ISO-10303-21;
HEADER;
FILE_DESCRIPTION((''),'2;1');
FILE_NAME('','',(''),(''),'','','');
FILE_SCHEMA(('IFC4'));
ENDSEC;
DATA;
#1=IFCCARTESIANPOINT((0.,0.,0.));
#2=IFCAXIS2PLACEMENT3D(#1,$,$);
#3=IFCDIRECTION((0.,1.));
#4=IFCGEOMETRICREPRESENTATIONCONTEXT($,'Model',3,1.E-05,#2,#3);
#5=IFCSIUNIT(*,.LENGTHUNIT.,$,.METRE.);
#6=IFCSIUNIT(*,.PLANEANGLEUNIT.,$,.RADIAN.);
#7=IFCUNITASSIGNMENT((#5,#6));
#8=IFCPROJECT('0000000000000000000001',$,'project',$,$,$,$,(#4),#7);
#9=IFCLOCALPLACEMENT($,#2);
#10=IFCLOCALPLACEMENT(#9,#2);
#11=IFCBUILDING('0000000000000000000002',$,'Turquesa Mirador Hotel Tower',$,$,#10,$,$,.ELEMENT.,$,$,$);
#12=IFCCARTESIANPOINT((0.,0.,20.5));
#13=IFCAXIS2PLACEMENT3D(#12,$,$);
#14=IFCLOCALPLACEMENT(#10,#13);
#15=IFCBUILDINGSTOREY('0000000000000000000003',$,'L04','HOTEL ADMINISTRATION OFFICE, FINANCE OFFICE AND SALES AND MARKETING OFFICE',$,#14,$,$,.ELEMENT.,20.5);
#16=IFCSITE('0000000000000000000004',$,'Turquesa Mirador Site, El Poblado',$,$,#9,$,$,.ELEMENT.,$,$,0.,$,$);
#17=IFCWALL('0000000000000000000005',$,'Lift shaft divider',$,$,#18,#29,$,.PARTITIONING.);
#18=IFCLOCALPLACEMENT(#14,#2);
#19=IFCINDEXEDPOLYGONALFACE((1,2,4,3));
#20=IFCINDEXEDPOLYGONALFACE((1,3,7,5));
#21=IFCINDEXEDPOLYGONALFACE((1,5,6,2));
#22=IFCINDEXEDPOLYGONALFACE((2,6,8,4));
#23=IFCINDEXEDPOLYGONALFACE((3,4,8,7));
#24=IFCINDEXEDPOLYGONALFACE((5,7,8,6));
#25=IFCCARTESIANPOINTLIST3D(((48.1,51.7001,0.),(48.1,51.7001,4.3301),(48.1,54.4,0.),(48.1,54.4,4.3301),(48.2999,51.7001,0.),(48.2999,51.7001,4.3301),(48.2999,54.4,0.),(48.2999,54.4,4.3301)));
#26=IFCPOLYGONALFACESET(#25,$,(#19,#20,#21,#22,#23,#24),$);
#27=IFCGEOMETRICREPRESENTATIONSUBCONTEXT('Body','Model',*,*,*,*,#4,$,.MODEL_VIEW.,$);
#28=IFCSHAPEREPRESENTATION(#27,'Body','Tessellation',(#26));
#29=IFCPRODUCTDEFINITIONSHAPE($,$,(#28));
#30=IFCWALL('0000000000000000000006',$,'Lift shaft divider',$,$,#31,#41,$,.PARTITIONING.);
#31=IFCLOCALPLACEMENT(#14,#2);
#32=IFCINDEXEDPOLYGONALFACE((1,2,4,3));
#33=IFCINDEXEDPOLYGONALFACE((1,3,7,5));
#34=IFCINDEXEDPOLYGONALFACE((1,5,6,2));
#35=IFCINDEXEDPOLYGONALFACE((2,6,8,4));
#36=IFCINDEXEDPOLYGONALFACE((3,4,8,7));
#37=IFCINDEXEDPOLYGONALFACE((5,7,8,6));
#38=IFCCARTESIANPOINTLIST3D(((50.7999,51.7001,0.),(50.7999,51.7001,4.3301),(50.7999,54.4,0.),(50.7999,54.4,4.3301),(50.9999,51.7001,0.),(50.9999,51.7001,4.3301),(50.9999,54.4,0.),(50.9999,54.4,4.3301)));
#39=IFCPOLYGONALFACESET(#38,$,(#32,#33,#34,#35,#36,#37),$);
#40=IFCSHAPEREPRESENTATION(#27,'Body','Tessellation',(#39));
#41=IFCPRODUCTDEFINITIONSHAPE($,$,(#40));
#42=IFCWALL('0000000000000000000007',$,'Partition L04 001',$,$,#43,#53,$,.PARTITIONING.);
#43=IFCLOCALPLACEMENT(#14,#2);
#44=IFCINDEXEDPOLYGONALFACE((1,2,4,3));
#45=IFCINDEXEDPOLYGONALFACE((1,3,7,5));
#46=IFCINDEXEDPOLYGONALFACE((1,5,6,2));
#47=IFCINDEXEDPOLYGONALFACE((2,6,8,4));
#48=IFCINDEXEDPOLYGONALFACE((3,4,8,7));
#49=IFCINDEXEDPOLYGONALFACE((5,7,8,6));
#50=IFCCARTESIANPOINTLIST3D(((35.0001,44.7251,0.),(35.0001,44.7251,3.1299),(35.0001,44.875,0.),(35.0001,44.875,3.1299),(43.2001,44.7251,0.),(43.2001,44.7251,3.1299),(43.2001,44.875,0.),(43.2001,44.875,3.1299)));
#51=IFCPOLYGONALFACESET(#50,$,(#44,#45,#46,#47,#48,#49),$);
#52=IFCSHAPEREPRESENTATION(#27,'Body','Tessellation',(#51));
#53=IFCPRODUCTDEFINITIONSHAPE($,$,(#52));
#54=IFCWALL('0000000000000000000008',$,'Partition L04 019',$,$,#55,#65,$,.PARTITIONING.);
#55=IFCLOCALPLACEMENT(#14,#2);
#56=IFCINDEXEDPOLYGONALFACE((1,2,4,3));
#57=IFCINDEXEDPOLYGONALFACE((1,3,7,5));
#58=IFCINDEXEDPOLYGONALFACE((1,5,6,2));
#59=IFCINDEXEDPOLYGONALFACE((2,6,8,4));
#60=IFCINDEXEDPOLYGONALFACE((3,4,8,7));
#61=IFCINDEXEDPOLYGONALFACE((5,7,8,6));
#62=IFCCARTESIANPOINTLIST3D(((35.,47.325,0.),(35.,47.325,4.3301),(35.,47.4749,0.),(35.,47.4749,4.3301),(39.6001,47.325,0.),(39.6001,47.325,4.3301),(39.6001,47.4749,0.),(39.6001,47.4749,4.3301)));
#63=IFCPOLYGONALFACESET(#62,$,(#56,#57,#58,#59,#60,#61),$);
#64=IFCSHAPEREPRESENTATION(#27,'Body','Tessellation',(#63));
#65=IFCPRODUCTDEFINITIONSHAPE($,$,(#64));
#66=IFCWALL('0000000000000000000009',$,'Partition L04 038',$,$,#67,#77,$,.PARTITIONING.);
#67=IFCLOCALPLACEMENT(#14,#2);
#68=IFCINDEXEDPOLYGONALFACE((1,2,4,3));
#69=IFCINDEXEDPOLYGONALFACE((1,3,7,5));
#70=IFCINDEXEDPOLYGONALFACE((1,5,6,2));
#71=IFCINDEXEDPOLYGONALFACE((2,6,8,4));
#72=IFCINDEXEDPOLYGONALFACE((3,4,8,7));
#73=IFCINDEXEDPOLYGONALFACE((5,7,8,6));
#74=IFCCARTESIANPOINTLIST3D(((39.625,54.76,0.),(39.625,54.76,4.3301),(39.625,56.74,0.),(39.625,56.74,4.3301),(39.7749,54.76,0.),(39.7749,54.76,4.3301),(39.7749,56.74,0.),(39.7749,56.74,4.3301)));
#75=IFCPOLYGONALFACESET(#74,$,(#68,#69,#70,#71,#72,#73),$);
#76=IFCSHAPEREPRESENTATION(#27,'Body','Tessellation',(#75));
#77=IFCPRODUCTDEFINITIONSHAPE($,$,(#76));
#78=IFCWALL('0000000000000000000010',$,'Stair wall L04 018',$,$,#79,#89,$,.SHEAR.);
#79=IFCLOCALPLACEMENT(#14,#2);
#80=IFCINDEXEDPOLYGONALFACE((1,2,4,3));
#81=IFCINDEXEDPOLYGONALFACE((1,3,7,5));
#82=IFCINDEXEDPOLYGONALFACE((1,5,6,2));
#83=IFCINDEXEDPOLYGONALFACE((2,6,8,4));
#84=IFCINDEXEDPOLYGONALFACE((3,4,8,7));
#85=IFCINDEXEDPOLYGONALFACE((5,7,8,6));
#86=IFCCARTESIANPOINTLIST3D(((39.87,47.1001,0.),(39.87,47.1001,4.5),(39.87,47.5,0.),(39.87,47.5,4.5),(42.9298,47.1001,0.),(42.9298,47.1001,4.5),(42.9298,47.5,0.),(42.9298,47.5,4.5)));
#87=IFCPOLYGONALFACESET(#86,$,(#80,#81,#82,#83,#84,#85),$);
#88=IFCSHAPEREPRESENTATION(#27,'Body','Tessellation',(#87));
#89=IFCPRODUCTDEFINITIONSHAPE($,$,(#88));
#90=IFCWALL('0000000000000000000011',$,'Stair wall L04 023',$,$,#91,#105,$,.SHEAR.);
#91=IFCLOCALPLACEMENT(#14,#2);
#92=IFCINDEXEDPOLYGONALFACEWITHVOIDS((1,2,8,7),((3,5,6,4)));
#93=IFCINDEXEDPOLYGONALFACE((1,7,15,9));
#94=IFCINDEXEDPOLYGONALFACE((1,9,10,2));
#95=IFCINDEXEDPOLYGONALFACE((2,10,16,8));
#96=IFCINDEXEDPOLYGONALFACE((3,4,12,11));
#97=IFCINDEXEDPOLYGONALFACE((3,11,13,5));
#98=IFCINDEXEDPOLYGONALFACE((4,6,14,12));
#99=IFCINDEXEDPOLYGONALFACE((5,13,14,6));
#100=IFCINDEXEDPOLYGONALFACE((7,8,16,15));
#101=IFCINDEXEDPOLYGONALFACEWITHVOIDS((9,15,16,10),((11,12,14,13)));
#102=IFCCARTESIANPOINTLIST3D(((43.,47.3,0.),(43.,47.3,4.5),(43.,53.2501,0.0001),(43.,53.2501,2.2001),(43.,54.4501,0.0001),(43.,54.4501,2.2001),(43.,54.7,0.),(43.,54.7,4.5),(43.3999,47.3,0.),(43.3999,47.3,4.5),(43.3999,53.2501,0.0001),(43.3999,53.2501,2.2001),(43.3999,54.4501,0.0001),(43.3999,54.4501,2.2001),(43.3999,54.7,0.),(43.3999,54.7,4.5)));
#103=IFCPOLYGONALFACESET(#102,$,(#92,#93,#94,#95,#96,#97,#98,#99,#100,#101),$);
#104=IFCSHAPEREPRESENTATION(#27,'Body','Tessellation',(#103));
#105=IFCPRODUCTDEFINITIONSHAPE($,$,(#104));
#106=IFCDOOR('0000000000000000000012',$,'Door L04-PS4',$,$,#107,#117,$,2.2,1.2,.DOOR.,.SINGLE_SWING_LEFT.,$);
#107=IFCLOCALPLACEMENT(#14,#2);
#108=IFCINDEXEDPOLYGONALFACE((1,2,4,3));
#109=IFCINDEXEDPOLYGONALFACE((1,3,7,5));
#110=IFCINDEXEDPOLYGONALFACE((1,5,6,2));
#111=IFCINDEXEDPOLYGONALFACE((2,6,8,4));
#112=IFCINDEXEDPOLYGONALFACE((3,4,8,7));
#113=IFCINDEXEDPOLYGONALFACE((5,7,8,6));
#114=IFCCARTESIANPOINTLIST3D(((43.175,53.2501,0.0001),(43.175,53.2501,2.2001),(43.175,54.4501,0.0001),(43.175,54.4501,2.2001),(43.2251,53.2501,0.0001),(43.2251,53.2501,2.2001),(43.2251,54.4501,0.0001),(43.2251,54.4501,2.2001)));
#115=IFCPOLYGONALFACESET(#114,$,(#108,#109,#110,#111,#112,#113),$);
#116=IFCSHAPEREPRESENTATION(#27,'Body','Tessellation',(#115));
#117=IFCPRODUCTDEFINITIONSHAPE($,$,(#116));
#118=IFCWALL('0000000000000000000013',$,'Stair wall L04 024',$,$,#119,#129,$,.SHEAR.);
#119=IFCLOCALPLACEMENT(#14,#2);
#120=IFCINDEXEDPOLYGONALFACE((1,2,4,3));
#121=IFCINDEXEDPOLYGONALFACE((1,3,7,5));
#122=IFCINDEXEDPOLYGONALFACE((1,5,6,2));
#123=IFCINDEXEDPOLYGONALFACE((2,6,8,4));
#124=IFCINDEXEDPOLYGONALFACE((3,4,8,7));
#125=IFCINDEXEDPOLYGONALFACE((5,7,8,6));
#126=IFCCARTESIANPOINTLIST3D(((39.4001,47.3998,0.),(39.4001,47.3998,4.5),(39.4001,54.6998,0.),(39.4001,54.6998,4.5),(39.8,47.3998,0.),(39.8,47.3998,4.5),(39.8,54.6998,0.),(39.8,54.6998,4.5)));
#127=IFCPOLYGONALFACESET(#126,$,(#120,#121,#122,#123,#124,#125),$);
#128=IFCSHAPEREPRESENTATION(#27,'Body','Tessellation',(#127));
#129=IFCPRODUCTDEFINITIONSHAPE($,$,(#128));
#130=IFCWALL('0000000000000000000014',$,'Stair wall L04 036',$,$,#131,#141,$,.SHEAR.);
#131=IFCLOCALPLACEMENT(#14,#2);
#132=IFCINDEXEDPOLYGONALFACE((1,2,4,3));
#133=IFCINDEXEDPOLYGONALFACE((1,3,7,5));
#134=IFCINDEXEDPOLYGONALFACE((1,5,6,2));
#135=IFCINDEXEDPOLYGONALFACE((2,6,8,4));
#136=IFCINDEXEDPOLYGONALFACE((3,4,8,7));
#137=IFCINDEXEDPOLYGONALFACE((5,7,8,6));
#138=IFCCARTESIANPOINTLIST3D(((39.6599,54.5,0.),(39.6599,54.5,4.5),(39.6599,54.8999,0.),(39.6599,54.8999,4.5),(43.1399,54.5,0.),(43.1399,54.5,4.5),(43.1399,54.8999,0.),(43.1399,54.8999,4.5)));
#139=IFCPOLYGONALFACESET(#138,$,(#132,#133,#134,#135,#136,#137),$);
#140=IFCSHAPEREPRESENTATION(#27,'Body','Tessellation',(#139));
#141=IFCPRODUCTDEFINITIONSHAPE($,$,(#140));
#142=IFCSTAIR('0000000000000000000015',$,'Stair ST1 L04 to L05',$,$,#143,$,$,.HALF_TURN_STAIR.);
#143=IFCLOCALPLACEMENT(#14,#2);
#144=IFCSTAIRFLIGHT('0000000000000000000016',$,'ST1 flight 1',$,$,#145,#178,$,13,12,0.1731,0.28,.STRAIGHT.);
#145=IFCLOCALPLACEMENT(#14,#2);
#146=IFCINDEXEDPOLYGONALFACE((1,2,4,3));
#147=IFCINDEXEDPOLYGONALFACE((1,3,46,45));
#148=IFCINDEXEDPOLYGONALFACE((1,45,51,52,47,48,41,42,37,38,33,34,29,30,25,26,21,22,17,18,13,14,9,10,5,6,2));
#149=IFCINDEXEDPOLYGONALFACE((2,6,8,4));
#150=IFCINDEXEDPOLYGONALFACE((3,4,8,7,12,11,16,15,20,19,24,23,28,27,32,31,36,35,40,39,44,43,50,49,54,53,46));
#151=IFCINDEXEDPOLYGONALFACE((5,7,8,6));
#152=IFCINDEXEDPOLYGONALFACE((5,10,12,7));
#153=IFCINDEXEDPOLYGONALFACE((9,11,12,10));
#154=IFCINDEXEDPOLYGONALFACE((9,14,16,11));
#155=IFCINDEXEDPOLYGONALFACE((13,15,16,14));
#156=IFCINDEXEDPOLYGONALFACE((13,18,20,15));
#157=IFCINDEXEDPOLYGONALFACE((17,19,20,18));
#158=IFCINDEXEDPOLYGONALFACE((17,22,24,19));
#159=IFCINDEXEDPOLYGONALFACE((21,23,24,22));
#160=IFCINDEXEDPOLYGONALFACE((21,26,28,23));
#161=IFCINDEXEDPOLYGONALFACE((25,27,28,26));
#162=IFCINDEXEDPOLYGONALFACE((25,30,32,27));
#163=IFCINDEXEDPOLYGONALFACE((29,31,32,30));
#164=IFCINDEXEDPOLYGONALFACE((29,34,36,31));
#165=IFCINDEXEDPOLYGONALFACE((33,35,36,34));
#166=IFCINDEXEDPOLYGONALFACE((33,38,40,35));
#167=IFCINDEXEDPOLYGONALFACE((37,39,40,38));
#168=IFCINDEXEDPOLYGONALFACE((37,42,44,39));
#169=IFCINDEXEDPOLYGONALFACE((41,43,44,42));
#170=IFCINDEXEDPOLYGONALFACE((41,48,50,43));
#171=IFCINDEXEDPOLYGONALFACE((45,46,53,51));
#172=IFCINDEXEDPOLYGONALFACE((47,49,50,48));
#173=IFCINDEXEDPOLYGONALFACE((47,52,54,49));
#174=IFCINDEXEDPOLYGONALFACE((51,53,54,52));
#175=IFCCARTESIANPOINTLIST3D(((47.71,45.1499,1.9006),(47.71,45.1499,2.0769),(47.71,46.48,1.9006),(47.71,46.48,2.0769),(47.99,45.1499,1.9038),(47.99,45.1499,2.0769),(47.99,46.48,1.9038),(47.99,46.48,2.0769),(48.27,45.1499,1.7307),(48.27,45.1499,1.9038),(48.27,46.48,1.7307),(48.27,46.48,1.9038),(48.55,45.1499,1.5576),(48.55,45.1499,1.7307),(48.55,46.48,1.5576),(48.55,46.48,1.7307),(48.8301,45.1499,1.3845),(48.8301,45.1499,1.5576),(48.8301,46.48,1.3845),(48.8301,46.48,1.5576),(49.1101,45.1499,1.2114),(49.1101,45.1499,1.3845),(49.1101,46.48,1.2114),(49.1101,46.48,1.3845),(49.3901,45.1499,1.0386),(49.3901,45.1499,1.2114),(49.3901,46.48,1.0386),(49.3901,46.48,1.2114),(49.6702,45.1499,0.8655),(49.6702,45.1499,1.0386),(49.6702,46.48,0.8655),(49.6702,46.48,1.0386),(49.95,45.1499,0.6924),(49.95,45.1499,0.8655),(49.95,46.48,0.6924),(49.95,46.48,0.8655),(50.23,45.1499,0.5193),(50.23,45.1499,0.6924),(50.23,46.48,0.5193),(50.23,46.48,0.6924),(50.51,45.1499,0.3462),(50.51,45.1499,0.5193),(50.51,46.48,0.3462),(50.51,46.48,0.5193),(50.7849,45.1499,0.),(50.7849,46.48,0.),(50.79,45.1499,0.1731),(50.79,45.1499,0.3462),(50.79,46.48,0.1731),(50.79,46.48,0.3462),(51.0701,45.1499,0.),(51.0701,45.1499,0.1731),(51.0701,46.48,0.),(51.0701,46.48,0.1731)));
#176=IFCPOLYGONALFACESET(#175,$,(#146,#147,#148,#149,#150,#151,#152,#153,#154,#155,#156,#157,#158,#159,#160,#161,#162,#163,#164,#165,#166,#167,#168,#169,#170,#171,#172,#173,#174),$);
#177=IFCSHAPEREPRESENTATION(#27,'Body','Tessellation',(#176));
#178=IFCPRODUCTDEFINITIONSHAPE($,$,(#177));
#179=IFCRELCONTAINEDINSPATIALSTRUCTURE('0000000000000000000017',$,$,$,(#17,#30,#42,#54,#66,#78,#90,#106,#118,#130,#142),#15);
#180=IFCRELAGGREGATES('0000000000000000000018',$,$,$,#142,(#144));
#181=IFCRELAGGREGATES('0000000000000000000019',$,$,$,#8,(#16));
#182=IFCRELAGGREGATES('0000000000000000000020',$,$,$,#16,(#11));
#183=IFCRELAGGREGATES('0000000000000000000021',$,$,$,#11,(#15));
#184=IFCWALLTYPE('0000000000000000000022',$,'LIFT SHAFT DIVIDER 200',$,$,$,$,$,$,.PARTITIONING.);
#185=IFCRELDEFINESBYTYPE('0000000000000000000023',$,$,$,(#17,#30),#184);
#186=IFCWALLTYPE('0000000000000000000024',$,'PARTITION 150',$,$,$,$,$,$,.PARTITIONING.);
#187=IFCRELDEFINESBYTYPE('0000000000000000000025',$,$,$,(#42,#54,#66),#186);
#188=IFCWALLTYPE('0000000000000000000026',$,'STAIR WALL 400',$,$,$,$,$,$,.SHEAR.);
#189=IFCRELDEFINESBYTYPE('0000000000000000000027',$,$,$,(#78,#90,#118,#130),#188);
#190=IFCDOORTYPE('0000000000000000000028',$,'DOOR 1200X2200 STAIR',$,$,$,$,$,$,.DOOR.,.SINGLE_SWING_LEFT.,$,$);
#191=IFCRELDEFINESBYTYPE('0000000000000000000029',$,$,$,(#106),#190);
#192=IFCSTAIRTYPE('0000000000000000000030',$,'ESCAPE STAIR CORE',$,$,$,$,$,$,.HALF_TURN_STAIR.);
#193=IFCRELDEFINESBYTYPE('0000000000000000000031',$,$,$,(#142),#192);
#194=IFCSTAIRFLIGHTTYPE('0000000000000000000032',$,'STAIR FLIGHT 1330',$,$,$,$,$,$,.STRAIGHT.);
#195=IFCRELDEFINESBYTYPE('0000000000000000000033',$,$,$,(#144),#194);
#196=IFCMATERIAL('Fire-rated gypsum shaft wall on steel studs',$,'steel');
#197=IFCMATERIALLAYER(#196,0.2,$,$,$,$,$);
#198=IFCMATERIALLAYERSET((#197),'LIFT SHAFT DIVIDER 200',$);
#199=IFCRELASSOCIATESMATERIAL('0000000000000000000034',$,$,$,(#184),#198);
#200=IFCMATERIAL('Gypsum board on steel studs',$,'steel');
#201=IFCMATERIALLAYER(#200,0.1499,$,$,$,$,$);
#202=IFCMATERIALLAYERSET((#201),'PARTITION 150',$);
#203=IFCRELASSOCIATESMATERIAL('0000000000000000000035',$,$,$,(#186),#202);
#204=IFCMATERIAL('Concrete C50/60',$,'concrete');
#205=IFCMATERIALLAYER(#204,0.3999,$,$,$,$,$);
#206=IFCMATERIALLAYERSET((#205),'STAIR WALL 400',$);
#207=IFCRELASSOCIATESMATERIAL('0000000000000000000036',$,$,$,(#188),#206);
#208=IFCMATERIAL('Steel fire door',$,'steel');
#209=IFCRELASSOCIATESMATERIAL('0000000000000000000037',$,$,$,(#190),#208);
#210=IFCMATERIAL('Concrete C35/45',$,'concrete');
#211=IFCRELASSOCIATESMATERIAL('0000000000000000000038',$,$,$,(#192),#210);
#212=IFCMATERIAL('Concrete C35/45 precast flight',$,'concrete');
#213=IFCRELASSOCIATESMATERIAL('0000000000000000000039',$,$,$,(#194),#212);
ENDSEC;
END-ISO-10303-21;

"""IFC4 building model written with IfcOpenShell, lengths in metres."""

from ifc_helpers import new_model, si_unit, direction, frame, frame_2d, origin, place, context, subcontext, project, spatial, polyline, rectangle, outline, extrude, material, layer, layer_set, type_object, element, fill, aggregate, save


model = new_model("IFC4")

# Units and contexts
model_context = context("Model", 3, precision=1e-05, world=origin(), true_north=direction((0.0, 1.0)))
body_context = subcontext(model_context, "Body", "Model", "MODEL_VIEW")
ifc_project = project(units=[si_unit("LENGTHUNIT", "METRE"), si_unit("PLANEANGLEUNIT", "RADIAN")], contexts=[model_context])

# Site, building, storey
site_placement = place(None, origin())
site = spatial("IfcSite", under=ifc_project, at=site_placement, Name="Turquesa Mirador Site, El Poblado", CompositionType="ELEMENT", RefElevation=0.0)
building_placement = place(site_placement, origin())
building = spatial("IfcBuilding", under=site, at=building_placement, Name="Turquesa Mirador Hotel Tower", CompositionType="ELEMENT")
storey_placement = place(building_placement, frame((0.0, 0.0, 20.5)))
storey = spatial("IfcBuildingStorey", under=building, at=storey_placement, Name="L04", Description="HOTEL ADMINISTRATION OFFICE, FINANCE OFFICE AND SALES AND MARKETING OFFICE", CompositionType="ELEMENT", Elevation=20.5)

# Walls
ifc_material_1 = material(Name="Fire-rated gypsum shaft wall on steel studs", Category="steel")
ifc_layer_1 = layer(ifc_material_1, 0.2)
ifc_layer_set_1 = layer_set([ifc_layer_1], Name="LIFT SHAFT DIVIDER 200")
wall_type_1 = type_object("IfcWallType", Name="LIFT SHAFT DIVIDER 200", PredefinedType="PARTITIONING", material=ifc_layer_set_1)
for number, where, z_axis, x_axis, name in (
    (1, (48.2, 51.7, 0.0), (0.0, 0.0, 1.0), (0.0, 1.0, 0.0), "Lift shaft divider"),
    (2, (50.8999, 51.7, 0.0), (0.0, 0.0, 1.0), (0.0, 1.0, 0.0), "Lift shaft divider"),
):
    element("IfcWall", number, at=place(storey_placement, frame(where, z_axis=z_axis, x_axis=x_axis)), inside=storey, type_object=wall_type_1, Name=name, PredefinedType="PARTITIONING", context=body_context, shape_type="SweptSolid", body=[
        extrude(rectangle(XDim=2.7, YDim=0.2, at=frame_2d((1.3501, 0.0))), origin(), (0.0, 0.0, 1.0), 4.3301),
    ])
ifc_material_2 = material(Name="Gypsum board on steel studs", Category="steel")
ifc_layer_2 = layer(ifc_material_2, 0.1499)
ifc_layer_set_2 = layer_set([ifc_layer_2], Name="PARTITION 150")
wall_type_2 = type_object("IfcWallType", Name="PARTITION 150", PredefinedType="PARTITIONING", material=ifc_layer_set_2)
wall_1_placement = place(storey_placement, frame((35.0, 44.8, 0.0), z_axis=(0.0, 0.0, 1.0), x_axis=(1.0, 0.0, 0.0)))
element("IfcWall", 3, at=wall_1_placement, inside=storey, type_object=wall_type_2, Name="Partition L04 001", PredefinedType="PARTITIONING", context=body_context, shape_type="SweptSolid", body=[
    extrude(rectangle(XDim=8.2, YDim=0.1499, at=frame_2d((4.1001, 0.0))), origin(), (0.0, 0.0, 1.0), 3.1299),
])
wall_2_placement = place(storey_placement, frame((35.0, 47.3999, 0.0), z_axis=(0.0, 0.0, 1.0), x_axis=(1.0, 0.0, 0.0)))
element("IfcWall", 4, at=wall_2_placement, inside=storey, type_object=wall_type_2, Name="Partition L04 019", PredefinedType="PARTITIONING", context=body_context, shape_type="SweptSolid", body=[
    extrude(rectangle(XDim=4.6001, YDim=0.1499, at=frame_2d((2.3, 0.0))), origin(), (0.0, 0.0, 1.0), 4.3301),
])
wall_3_placement = place(storey_placement, frame((39.7, 54.76, 0.0), z_axis=(0.0, 0.0, 1.0), x_axis=(0.0, 1.0, 0.0)))
element("IfcWall", 5, at=wall_3_placement, inside=storey, type_object=wall_type_2, Name="Partition L04 038", PredefinedType="PARTITIONING", context=body_context, shape_type="SweptSolid", body=[
    extrude(rectangle(XDim=1.98, YDim=0.1499, at=frame_2d((0.99, 0.0))), origin(), (0.0, 0.0, 1.0), 4.3301),
])
ifc_material_3 = material(Name="Concrete C50/60", Category="concrete")
ifc_layer_3 = layer(ifc_material_3, 0.3999)
ifc_layer_set_3 = layer_set([ifc_layer_3], Name="STAIR WALL 400")
wall_type_3 = type_object("IfcWallType", Name="STAIR WALL 400", PredefinedType="SHEAR", material=ifc_layer_set_3)
wall_4_placement = place(storey_placement, frame((39.8701, 47.3, 0.0), z_axis=(0.0, 0.0, 1.0), x_axis=(1.0, 0.0, 0.0)))
element("IfcWall", 6, at=wall_4_placement, inside=storey, type_object=wall_type_3, Name="Stair wall L04 018", PredefinedType="SHEAR", context=body_context, shape_type="SweptSolid", body=[
    extrude(rectangle(XDim=3.0598, YDim=0.3999, at=frame_2d((1.5298, 0.0))), origin(), (0.0, 0.0, 1.0), 4.5),
])

# Wall, opening, door
wall_5_placement = place(storey_placement, frame((43.2, 47.3, 0.0), z_axis=(0.0, 0.0, 1.0), x_axis=(0.0, 1.0, 0.0)))
wall_5 = element("IfcWall", 7, at=wall_5_placement, inside=storey, type_object=wall_type_3, Name="Stair wall L04 023", PredefinedType="SHEAR", context=body_context, shape_type="SweptSolid", body=[
    extrude(rectangle(XDim=7.3999, YDim=0.3999, at=frame_2d((3.7, 0.0))), origin(), (0.0, 0.0, 1.0), 4.5),
])
opening_1_placement = place(wall_5_placement, frame((5.95, 0.0, 0.0)))
opening_1 = element("IfcOpeningElement", 8, at=opening_1_placement, cuts=wall_5, PredefinedType="OPENING", context=body_context, shape_type="SweptSolid", body=[
    extrude(rectangle(XDim=1.2, YDim=2.2, at=frame_2d((0.6001, 1.1001))), frame((0.0, 0.21, 0.0), z_axis=(0.0, -1.0, 0.0), x_axis=(1.0, 0.0, 0.0)), (0.0, 0.0, 1.0), 0.4199),
])
ifc_material_4 = material(Name="Steel fire door", Category="steel")
door_type_1 = type_object("IfcDoorType", Name="DOOR 1200X2200 STAIR", OperationType="SINGLE_SWING_LEFT", PredefinedType="DOOR", material=ifc_material_4)
door_1_placement = place(opening_1_placement, origin())
door_1 = element("IfcDoor", 9, at=door_1_placement, inside=storey, type_object=door_type_1, Name="Door L04-PS4", OperationType="SINGLE_SWING_LEFT", OverallHeight=2.2, OverallWidth=1.2, PredefinedType="DOOR", context=body_context, shape_type="SweptSolid", body=[
    extrude(rectangle(XDim=1.2, YDim=2.2, at=frame_2d((0.6001, 1.1001))), frame((0.0, 0.0249, 0.0), z_axis=(0.0, -1.0, 0.0), x_axis=(1.0, 0.0, 0.0)), (0.0, 0.0, 1.0), 0.05),
])
fill(opening_1, door_1)

# Walls
wall_6_placement = place(storey_placement, frame((39.6001, 47.3999, 0.0), z_axis=(0.0, 0.0, 1.0), x_axis=(0.0, 1.0, 0.0)))
element("IfcWall", 10, at=wall_6_placement, inside=storey, type_object=wall_type_3, Name="Stair wall L04 024", PredefinedType="SHEAR", context=body_context, shape_type="SweptSolid", body=[
    extrude(rectangle(XDim=7.3, YDim=0.3999, at=frame_2d((3.6499, 0.0))), origin(), (0.0, 0.0, 1.0), 4.5),
])
wall_7_placement = place(storey_placement, frame((43.1399, 54.7, 0.0), z_axis=(0.0, 0.0, 1.0), x_axis=(-1.0, 0.0, 0.0)))
element("IfcWall", 11, at=wall_7_placement, inside=storey, type_object=wall_type_3, Name="Stair wall L04 036", PredefinedType="SHEAR", context=body_context, shape_type="SweptSolid", body=[
    extrude(rectangle(XDim=3.48, YDim=0.3999, at=frame_2d((1.74, 0.0))), origin(), (0.0, 0.0, 1.0), 4.5),
])

# Stair, stair flight
ifc_material_5 = material(Name="Concrete C35/45", Category="concrete")
stair_type = type_object("IfcStairType", Name="ESCAPE STAIR CORE", PredefinedType="HALF_TURN_STAIR", material=ifc_material_5)
stair_1_placement = place(storey_placement, origin())
stair_1 = element("IfcStair", 12, at=stair_1_placement, inside=storey, type_object=stair_type, Name="Stair ST1 L04 to L05", PredefinedType="HALF_TURN_STAIR")
ifc_material_6 = material(Name="Concrete C35/45 precast flight", Category="concrete")
stair_flight_type = type_object("IfcStairFlightType", Name="STAIR FLIGHT 1330", PredefinedType="STRAIGHT", material=ifc_material_6)
stair_flight_1_placement = place(storey_placement, frame((51.0701, 45.8149, 0.0), z_axis=(0.0, 0.0, 1.0), x_axis=(-1.0, 0.0, 0.0)))
stair_flight_1 = element("IfcStairFlight", 13, at=stair_flight_1_placement, type_object=stair_flight_type, Name="ST1 flight 1", NumberOfRisers=13, NumberOfTreads=12, PredefinedType="STRAIGHT", RiserHeight=0.1731, TreadLength=0.28, context=body_context, shape_type="SweptSolid", body=[
    extrude(outline(polyline([(0.0, 0.0), (0.0, 0.1731), (0.28, 0.1731), (0.28, 0.3462), (0.5601, 0.3462), (0.5601, 0.5193), (0.8401, 0.5193), (0.8401, 0.6924), (1.1201, 0.6924), (1.1201, 0.8655), (1.3999, 0.8655), (1.3999, 1.0386), (1.6799, 1.0386), (1.6799, 1.2114), (1.96, 1.2114), (1.96, 1.3845), (2.24, 1.3845), (2.24, 1.5576), (2.52, 1.5576), (2.52, 1.7307), (2.8, 1.7307), (2.8, 1.9038), (3.0801, 1.9038), (3.0801, 2.0769), (3.3601, 2.0769), (3.3601, 2.25), (3.3601, 1.9006), (0.2852, 0.0), (0.0, 0.0)])), frame((0.0, 0.665, 0.0), z_axis=(0.0, -1.0, 0.0), x_axis=(1.0, 0.0, 0.0)), (0.0, 0.0, 1.0), 1.3301),
])
aggregate(stair_1, [stair_flight_1])

save(model, "model.ifc")
